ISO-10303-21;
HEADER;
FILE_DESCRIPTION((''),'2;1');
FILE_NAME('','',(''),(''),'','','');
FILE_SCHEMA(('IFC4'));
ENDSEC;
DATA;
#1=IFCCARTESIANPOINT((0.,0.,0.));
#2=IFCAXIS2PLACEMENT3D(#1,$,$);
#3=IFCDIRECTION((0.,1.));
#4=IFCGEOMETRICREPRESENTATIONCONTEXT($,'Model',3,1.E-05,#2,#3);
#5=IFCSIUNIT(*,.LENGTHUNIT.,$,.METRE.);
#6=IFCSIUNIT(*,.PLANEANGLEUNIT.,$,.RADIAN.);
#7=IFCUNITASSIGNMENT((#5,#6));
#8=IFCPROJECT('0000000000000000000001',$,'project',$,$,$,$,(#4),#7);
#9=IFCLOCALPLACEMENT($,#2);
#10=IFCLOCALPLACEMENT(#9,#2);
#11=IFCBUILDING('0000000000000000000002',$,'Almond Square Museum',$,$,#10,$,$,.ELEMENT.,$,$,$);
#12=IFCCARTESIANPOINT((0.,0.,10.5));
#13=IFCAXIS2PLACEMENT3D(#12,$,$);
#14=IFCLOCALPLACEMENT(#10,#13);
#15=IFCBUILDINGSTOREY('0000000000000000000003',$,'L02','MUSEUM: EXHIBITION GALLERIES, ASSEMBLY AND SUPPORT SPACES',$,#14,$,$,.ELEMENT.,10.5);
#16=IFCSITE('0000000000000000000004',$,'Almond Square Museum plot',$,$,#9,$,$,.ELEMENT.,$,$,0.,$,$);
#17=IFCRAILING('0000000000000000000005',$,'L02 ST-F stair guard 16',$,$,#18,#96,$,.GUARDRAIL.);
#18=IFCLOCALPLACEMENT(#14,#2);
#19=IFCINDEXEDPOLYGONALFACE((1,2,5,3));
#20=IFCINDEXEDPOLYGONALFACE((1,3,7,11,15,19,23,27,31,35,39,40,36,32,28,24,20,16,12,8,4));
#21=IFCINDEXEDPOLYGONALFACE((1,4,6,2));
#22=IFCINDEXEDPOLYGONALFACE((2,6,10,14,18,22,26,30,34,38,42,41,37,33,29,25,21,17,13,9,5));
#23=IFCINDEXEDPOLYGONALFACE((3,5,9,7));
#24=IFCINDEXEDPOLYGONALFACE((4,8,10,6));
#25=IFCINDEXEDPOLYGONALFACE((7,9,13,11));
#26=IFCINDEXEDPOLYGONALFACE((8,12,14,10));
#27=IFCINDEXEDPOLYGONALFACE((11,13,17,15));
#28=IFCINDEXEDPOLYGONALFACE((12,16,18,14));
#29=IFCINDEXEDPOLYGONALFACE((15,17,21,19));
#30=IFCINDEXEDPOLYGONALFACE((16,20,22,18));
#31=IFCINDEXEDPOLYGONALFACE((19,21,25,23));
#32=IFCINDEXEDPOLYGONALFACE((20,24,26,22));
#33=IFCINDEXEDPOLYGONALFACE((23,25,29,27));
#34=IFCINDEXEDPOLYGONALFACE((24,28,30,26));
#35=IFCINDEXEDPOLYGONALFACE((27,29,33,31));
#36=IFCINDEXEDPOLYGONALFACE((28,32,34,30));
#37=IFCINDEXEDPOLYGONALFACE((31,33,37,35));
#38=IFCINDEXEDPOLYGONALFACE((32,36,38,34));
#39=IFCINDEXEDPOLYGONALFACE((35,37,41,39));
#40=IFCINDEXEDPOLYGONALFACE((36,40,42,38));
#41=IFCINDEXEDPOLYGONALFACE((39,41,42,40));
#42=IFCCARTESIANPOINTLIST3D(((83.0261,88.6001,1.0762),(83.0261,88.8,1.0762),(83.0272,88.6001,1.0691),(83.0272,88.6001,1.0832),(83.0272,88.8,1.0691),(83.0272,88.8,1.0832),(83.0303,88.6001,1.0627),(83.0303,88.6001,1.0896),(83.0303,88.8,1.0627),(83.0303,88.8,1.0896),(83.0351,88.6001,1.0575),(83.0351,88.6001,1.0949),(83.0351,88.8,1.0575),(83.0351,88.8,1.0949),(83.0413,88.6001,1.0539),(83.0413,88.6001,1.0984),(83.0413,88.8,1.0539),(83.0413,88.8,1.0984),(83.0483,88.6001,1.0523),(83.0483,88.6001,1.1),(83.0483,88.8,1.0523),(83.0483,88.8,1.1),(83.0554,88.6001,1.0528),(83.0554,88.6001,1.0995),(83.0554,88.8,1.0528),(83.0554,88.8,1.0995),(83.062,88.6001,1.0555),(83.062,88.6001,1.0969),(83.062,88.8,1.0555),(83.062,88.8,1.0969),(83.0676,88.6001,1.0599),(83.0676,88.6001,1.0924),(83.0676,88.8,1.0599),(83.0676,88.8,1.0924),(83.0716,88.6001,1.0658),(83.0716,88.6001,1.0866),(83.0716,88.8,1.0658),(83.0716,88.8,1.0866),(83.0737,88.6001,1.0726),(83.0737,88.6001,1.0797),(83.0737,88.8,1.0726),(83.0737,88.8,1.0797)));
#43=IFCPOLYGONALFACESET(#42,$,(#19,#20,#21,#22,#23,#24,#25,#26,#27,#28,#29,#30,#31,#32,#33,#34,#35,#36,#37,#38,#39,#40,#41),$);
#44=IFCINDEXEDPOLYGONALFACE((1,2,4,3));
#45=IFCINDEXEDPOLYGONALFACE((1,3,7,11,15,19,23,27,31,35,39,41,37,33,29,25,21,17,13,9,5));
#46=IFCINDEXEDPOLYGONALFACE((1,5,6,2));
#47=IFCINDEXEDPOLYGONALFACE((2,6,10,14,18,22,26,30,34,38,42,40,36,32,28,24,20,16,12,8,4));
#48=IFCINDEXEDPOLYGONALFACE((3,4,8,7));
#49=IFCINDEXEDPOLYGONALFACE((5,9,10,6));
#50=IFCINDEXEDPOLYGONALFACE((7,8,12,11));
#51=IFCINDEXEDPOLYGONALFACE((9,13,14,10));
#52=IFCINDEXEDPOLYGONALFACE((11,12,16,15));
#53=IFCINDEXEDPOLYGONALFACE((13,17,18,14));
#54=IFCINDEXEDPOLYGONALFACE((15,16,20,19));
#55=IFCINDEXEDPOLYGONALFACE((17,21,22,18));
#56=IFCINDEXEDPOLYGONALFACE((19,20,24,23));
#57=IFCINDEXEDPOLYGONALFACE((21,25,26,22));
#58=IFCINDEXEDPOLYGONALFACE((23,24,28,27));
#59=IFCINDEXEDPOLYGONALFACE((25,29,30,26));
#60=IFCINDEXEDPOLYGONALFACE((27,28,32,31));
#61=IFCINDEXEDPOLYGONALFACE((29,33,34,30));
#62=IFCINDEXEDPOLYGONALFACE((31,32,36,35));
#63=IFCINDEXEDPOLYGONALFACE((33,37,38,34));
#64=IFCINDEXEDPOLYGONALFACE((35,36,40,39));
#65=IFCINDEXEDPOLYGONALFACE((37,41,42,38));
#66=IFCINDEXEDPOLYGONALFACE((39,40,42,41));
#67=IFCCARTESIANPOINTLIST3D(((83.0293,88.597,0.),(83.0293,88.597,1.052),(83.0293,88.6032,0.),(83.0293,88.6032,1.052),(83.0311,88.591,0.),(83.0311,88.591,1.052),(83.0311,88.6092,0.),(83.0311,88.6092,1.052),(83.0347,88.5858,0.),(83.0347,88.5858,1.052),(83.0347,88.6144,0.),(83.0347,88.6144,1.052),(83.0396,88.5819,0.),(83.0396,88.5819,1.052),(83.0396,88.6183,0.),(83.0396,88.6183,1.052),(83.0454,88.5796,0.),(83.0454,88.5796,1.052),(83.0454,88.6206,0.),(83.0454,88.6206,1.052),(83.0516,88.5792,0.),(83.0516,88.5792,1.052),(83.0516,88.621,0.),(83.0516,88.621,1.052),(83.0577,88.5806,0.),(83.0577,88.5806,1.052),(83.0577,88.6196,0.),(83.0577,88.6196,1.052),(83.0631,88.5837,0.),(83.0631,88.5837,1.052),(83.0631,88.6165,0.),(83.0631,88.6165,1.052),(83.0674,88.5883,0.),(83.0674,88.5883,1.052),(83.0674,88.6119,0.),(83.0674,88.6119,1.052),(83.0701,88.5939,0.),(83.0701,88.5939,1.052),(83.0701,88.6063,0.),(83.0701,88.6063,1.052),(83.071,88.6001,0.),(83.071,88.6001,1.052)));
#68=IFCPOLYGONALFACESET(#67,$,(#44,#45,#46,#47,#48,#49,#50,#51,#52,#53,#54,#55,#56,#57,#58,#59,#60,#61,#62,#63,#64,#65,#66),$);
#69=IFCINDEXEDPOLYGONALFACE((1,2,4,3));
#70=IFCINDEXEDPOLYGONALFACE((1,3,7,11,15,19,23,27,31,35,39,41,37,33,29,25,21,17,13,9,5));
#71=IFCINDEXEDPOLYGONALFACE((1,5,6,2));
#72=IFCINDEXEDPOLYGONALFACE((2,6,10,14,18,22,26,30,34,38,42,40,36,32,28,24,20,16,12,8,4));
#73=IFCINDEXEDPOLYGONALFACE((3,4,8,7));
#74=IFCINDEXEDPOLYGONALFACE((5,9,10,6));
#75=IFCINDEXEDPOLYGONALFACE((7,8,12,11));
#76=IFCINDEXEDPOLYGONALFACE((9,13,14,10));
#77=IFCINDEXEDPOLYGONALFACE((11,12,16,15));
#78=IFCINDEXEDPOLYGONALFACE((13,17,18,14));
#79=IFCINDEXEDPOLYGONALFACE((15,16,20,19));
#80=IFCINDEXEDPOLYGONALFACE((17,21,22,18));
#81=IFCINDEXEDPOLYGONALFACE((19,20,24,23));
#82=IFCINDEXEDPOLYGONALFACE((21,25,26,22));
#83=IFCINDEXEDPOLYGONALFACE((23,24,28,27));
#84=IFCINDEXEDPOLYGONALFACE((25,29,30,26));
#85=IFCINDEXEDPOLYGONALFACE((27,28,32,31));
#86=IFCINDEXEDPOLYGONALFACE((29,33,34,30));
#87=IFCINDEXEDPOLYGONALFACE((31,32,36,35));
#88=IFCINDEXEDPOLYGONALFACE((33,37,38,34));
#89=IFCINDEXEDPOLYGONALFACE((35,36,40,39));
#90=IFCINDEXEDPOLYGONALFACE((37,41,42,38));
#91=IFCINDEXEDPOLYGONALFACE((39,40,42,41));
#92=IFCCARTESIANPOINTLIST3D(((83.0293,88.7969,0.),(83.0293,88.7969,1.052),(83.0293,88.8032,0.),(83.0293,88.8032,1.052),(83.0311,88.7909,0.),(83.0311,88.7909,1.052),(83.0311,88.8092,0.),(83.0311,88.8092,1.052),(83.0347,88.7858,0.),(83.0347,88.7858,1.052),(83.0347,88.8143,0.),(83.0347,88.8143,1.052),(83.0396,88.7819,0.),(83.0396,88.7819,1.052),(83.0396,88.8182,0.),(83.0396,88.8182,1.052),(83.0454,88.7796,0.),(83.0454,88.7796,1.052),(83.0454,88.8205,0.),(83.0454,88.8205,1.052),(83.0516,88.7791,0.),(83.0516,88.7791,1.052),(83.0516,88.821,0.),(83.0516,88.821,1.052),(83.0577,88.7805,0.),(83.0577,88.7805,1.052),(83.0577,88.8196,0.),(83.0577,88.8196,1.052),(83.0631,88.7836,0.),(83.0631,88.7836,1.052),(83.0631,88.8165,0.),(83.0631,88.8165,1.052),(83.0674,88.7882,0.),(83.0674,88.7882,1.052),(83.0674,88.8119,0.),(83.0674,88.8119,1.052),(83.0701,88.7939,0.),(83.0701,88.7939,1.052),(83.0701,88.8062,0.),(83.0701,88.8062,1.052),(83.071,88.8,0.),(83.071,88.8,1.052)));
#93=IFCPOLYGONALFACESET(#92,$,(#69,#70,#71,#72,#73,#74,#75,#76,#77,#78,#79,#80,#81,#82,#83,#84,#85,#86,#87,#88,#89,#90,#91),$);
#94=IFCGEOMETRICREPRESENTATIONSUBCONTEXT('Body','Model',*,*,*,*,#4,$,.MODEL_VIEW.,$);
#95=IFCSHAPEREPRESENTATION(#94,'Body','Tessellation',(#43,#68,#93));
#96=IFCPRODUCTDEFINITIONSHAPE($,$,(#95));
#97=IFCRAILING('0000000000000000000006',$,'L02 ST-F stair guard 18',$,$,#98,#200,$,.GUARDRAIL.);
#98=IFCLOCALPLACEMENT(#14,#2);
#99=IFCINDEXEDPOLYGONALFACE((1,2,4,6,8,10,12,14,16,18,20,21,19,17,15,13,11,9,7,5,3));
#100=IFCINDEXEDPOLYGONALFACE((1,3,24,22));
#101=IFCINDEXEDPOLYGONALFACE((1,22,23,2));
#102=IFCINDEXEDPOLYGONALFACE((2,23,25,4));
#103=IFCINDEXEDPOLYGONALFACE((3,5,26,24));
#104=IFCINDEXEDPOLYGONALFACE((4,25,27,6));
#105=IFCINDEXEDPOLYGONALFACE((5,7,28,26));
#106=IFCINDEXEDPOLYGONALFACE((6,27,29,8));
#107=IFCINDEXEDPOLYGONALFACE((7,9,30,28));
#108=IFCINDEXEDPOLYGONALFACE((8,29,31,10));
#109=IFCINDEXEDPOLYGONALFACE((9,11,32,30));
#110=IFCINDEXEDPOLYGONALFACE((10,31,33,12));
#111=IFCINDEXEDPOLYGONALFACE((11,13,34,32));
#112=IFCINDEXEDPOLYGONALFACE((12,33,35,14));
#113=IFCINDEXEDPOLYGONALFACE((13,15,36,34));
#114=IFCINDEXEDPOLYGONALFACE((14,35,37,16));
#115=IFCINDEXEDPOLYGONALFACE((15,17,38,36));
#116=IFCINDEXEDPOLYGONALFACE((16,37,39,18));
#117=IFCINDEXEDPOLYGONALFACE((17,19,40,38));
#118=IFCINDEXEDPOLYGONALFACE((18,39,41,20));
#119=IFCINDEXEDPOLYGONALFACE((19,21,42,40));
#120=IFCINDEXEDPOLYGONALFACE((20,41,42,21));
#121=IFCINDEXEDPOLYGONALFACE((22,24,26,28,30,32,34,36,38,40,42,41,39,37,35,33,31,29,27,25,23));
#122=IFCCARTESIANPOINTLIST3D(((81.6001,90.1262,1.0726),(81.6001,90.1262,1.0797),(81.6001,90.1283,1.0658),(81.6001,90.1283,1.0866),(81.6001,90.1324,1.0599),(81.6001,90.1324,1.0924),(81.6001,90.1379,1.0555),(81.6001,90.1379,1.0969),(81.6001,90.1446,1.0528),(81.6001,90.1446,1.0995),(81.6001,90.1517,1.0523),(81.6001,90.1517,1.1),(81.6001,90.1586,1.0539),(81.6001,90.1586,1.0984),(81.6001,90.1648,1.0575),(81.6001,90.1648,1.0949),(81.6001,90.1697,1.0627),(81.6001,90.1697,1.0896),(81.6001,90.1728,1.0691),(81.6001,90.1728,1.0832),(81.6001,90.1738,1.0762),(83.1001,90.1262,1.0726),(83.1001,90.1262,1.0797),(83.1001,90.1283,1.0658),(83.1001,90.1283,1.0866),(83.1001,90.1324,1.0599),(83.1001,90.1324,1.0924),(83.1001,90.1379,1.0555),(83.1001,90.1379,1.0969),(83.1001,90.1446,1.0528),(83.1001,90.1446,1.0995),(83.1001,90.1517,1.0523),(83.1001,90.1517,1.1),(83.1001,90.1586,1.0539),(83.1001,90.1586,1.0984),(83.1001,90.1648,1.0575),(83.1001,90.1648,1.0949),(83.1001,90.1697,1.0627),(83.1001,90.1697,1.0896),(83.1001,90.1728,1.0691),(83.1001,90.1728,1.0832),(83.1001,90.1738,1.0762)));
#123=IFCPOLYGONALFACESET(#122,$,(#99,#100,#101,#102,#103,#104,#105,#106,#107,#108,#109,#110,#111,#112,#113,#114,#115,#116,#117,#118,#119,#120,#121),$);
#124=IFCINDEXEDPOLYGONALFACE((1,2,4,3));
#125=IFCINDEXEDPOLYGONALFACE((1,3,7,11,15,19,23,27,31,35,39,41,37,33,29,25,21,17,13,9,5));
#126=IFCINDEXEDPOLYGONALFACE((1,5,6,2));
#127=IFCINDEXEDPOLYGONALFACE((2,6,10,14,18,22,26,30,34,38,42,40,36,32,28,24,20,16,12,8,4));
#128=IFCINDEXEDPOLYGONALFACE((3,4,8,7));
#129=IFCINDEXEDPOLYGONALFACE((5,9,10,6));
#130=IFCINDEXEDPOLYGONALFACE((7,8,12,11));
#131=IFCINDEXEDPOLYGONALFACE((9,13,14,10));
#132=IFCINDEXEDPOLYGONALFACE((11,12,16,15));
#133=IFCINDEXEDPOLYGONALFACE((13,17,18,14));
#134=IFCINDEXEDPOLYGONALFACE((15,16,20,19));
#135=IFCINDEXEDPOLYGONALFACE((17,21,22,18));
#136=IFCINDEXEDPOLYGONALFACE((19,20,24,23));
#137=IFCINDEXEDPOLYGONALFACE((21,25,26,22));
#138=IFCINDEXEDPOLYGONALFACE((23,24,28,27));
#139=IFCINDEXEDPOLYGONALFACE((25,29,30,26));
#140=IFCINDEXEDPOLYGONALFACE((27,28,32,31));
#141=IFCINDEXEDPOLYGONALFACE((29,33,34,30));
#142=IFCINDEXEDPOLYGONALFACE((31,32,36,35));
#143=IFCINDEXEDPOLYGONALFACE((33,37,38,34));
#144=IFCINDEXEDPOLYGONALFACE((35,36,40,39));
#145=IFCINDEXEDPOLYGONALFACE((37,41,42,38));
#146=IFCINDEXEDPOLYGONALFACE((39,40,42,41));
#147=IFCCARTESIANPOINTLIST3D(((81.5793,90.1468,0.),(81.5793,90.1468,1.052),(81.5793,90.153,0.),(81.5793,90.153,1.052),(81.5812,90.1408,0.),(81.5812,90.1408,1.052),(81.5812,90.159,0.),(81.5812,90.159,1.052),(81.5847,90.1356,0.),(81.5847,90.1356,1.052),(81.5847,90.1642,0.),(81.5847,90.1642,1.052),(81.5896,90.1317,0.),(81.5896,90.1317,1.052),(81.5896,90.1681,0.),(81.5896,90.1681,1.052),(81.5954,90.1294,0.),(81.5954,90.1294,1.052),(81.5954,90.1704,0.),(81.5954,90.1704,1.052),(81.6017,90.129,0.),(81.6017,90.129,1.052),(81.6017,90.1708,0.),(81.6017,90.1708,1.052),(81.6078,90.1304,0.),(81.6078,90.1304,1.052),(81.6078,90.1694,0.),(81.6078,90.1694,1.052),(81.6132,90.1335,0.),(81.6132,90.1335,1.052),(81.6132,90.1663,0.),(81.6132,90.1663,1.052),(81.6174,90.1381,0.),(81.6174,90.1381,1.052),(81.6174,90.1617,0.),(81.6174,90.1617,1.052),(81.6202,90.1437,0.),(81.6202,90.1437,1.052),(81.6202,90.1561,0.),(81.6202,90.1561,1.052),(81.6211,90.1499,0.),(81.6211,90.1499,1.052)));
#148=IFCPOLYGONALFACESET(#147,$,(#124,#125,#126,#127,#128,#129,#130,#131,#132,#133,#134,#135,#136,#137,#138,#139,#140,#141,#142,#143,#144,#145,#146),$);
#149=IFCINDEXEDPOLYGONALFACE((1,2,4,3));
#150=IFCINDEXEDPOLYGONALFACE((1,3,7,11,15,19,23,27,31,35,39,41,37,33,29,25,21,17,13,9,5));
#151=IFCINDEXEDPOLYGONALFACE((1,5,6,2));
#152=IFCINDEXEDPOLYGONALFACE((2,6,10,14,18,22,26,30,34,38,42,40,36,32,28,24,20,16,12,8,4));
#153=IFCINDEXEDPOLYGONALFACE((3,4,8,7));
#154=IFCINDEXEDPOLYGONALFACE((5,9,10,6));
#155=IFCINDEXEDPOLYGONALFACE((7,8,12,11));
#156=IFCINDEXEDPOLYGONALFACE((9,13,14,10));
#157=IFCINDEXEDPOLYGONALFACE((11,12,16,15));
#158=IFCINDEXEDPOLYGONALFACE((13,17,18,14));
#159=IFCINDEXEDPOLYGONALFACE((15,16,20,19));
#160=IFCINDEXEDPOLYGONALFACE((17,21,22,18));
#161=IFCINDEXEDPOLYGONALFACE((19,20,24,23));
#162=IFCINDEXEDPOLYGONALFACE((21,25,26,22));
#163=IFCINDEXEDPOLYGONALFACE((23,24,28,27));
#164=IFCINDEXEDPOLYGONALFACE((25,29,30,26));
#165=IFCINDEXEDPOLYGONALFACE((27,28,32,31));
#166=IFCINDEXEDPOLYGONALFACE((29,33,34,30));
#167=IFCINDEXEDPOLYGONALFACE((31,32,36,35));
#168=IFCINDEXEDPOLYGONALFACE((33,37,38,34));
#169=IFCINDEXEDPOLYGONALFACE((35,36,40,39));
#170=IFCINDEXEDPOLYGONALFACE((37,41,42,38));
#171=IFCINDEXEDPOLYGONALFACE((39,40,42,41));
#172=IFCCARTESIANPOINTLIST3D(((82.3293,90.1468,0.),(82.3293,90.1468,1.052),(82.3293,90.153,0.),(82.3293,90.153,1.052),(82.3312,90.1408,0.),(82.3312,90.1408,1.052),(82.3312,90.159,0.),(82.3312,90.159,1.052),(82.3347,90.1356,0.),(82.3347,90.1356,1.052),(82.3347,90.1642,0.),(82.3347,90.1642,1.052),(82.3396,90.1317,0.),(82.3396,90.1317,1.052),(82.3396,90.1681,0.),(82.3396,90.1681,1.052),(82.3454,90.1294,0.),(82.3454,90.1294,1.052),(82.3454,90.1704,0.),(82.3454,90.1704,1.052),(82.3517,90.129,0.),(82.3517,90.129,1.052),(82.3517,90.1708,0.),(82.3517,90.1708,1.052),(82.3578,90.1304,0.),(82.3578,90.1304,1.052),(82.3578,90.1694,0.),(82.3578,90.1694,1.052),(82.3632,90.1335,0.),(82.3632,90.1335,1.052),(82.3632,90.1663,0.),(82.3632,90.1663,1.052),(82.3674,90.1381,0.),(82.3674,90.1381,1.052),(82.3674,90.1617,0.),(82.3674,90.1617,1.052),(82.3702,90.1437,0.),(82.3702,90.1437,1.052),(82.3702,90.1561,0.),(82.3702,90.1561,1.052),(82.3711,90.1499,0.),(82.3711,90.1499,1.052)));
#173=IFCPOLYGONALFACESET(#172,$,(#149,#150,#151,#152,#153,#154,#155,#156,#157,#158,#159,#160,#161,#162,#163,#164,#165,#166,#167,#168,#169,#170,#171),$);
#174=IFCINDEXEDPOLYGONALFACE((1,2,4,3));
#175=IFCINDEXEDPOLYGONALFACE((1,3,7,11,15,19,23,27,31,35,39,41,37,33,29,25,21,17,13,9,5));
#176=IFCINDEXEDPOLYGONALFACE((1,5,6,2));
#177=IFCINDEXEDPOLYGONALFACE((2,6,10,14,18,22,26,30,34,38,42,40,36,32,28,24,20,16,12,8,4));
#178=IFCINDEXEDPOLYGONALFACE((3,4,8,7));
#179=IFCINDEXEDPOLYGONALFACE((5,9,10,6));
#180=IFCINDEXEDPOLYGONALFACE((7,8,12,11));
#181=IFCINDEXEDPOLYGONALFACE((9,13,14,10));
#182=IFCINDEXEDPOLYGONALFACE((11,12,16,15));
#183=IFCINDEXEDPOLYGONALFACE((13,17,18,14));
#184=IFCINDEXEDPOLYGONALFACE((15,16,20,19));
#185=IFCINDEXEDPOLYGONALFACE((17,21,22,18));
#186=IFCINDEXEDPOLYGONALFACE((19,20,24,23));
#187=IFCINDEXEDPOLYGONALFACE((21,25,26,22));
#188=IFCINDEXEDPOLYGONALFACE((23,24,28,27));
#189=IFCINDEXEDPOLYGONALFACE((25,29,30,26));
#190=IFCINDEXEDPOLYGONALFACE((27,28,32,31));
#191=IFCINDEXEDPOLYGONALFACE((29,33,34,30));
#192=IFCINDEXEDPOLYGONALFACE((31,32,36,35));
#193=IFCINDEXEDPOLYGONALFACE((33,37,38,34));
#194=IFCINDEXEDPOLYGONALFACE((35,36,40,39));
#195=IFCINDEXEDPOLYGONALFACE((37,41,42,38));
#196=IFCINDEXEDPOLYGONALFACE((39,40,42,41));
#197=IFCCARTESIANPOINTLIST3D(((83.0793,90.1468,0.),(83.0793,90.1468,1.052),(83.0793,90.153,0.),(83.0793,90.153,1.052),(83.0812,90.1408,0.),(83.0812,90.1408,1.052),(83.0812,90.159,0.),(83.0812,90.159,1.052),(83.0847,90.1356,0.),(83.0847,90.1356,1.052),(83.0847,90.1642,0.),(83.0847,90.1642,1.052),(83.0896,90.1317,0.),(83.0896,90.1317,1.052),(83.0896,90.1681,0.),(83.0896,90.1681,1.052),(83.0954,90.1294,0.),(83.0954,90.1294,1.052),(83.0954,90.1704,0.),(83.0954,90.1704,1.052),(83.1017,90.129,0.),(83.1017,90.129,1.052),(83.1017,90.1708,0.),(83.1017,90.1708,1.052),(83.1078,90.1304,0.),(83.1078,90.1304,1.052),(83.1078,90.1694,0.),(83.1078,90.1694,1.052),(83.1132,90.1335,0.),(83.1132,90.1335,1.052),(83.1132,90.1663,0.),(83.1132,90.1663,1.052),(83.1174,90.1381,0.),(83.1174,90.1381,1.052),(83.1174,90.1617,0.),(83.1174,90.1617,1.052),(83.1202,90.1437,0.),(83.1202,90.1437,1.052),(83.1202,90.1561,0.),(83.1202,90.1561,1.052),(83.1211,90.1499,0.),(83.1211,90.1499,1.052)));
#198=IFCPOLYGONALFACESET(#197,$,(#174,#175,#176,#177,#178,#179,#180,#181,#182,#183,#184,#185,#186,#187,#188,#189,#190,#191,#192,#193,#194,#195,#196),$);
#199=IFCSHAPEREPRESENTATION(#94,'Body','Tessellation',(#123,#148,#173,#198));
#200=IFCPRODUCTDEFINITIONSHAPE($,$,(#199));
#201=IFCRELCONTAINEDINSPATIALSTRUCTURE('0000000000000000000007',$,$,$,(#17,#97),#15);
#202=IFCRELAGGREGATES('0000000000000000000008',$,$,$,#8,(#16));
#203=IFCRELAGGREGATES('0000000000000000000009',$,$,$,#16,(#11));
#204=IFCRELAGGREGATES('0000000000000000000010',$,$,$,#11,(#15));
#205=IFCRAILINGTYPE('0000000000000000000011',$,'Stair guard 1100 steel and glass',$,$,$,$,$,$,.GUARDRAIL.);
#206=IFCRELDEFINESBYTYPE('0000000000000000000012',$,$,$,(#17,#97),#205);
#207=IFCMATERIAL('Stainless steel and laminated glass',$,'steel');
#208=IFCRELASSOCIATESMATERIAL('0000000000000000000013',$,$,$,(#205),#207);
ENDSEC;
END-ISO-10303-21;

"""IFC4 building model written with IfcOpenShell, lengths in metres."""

from ifc_helpers import new_model, si_unit, direction, frame, origin, origin_2d, place, context, subcontext, project, spatial, circle, extrude, material, type_object, element, save


model = new_model("IFC4")

# Units and contexts
model_context = context("Model", 3, precision=1e-05, world=origin(), true_north=direction((0.0, 1.0)))
body_context = subcontext(model_context, "Body", "Model", "MODEL_VIEW")
ifc_project = project(units=[si_unit("LENGTHUNIT", "METRE"), si_unit("PLANEANGLEUNIT", "RADIAN")], contexts=[model_context])

# Site, building, storey
site_placement = place(None, origin())
site = spatial("IfcSite", under=ifc_project, at=site_placement, Name="Almond Square Museum plot", CompositionType="ELEMENT", RefElevation=0.0)
building_placement = place(site_placement, origin())
building = spatial("IfcBuilding", under=site, at=building_placement, Name="Almond Square Museum", CompositionType="ELEMENT")
storey_placement = place(building_placement, frame((0.0, 0.0, 10.5)))
storey = spatial("IfcBuildingStorey", under=building, at=storey_placement, Name="L02", Description="MUSEUM: EXHIBITION GALLERIES, ASSEMBLY AND SUPPORT SPACES", CompositionType="ELEMENT", Elevation=10.5)

# Railings
ifc_material_1 = material(Name="Stainless steel and laminated glass", Category="steel")
railing_type_1 = type_object("IfcRailingType", Name="Stair guard 1100 steel and glass", PredefinedType="GUARDRAIL", material=ifc_material_1)
railing_1_placement = place(storey_placement, frame((83.05, 88.6001, 0.0)))
element("IfcRailing", 1, at=railing_1_placement, inside=storey, type_object=railing_type_1, Name="L02 ST-F stair guard 16", PredefinedType="GUARDRAIL", context=body_context, shape_type="SweptSolid", body=[
    extrude(circle(Radius=0.0239, at=origin_2d()), frame((0.0, 0.0, 1.0762), z_axis=(0.0, 1.0, 0.0), x_axis=(-1.0, 0.0, 0.0)), (0.0, 0.0, 1.0), 0.2),
    extrude(circle(Radius=0.021, at=origin_2d()), origin(), (0.0, 0.0, 1.0), 1.052),
    extrude(circle(Radius=0.021, at=origin_2d()), frame((0.0, 0.2, 0.0)), (0.0, 0.0, 1.0), 1.052),
])
railing_2_placement = place(storey_placement, frame((81.6001, 90.1499, 0.0)))
element("IfcRailing", 2, at=railing_2_placement, inside=storey, type_object=railing_type_1, Name="L02 ST-F stair guard 18", PredefinedType="GUARDRAIL", context=body_context, shape_type="SweptSolid", body=[
    extrude(circle(Radius=0.0239, at=origin_2d()), frame((0.0, 0.0, 1.0762), z_axis=(1.0, 0.0, 0.0), x_axis=(0.0, 1.0, 0.0)), (0.0, 0.0, 1.0), 1.5),
    extrude(circle(Radius=0.021, at=origin_2d()), origin(), (0.0, 0.0, 1.0), 1.052),
    extrude(circle(Radius=0.021, at=origin_2d()), frame((0.75, 0.0, 0.0)), (0.0, 0.0, 1.0), 1.052),
    extrude(circle(Radius=0.021, at=origin_2d()), frame((1.5, 0.0, 0.0)), (0.0, 0.0, 1.0), 1.052),
])

save(model, "model.ifc")
